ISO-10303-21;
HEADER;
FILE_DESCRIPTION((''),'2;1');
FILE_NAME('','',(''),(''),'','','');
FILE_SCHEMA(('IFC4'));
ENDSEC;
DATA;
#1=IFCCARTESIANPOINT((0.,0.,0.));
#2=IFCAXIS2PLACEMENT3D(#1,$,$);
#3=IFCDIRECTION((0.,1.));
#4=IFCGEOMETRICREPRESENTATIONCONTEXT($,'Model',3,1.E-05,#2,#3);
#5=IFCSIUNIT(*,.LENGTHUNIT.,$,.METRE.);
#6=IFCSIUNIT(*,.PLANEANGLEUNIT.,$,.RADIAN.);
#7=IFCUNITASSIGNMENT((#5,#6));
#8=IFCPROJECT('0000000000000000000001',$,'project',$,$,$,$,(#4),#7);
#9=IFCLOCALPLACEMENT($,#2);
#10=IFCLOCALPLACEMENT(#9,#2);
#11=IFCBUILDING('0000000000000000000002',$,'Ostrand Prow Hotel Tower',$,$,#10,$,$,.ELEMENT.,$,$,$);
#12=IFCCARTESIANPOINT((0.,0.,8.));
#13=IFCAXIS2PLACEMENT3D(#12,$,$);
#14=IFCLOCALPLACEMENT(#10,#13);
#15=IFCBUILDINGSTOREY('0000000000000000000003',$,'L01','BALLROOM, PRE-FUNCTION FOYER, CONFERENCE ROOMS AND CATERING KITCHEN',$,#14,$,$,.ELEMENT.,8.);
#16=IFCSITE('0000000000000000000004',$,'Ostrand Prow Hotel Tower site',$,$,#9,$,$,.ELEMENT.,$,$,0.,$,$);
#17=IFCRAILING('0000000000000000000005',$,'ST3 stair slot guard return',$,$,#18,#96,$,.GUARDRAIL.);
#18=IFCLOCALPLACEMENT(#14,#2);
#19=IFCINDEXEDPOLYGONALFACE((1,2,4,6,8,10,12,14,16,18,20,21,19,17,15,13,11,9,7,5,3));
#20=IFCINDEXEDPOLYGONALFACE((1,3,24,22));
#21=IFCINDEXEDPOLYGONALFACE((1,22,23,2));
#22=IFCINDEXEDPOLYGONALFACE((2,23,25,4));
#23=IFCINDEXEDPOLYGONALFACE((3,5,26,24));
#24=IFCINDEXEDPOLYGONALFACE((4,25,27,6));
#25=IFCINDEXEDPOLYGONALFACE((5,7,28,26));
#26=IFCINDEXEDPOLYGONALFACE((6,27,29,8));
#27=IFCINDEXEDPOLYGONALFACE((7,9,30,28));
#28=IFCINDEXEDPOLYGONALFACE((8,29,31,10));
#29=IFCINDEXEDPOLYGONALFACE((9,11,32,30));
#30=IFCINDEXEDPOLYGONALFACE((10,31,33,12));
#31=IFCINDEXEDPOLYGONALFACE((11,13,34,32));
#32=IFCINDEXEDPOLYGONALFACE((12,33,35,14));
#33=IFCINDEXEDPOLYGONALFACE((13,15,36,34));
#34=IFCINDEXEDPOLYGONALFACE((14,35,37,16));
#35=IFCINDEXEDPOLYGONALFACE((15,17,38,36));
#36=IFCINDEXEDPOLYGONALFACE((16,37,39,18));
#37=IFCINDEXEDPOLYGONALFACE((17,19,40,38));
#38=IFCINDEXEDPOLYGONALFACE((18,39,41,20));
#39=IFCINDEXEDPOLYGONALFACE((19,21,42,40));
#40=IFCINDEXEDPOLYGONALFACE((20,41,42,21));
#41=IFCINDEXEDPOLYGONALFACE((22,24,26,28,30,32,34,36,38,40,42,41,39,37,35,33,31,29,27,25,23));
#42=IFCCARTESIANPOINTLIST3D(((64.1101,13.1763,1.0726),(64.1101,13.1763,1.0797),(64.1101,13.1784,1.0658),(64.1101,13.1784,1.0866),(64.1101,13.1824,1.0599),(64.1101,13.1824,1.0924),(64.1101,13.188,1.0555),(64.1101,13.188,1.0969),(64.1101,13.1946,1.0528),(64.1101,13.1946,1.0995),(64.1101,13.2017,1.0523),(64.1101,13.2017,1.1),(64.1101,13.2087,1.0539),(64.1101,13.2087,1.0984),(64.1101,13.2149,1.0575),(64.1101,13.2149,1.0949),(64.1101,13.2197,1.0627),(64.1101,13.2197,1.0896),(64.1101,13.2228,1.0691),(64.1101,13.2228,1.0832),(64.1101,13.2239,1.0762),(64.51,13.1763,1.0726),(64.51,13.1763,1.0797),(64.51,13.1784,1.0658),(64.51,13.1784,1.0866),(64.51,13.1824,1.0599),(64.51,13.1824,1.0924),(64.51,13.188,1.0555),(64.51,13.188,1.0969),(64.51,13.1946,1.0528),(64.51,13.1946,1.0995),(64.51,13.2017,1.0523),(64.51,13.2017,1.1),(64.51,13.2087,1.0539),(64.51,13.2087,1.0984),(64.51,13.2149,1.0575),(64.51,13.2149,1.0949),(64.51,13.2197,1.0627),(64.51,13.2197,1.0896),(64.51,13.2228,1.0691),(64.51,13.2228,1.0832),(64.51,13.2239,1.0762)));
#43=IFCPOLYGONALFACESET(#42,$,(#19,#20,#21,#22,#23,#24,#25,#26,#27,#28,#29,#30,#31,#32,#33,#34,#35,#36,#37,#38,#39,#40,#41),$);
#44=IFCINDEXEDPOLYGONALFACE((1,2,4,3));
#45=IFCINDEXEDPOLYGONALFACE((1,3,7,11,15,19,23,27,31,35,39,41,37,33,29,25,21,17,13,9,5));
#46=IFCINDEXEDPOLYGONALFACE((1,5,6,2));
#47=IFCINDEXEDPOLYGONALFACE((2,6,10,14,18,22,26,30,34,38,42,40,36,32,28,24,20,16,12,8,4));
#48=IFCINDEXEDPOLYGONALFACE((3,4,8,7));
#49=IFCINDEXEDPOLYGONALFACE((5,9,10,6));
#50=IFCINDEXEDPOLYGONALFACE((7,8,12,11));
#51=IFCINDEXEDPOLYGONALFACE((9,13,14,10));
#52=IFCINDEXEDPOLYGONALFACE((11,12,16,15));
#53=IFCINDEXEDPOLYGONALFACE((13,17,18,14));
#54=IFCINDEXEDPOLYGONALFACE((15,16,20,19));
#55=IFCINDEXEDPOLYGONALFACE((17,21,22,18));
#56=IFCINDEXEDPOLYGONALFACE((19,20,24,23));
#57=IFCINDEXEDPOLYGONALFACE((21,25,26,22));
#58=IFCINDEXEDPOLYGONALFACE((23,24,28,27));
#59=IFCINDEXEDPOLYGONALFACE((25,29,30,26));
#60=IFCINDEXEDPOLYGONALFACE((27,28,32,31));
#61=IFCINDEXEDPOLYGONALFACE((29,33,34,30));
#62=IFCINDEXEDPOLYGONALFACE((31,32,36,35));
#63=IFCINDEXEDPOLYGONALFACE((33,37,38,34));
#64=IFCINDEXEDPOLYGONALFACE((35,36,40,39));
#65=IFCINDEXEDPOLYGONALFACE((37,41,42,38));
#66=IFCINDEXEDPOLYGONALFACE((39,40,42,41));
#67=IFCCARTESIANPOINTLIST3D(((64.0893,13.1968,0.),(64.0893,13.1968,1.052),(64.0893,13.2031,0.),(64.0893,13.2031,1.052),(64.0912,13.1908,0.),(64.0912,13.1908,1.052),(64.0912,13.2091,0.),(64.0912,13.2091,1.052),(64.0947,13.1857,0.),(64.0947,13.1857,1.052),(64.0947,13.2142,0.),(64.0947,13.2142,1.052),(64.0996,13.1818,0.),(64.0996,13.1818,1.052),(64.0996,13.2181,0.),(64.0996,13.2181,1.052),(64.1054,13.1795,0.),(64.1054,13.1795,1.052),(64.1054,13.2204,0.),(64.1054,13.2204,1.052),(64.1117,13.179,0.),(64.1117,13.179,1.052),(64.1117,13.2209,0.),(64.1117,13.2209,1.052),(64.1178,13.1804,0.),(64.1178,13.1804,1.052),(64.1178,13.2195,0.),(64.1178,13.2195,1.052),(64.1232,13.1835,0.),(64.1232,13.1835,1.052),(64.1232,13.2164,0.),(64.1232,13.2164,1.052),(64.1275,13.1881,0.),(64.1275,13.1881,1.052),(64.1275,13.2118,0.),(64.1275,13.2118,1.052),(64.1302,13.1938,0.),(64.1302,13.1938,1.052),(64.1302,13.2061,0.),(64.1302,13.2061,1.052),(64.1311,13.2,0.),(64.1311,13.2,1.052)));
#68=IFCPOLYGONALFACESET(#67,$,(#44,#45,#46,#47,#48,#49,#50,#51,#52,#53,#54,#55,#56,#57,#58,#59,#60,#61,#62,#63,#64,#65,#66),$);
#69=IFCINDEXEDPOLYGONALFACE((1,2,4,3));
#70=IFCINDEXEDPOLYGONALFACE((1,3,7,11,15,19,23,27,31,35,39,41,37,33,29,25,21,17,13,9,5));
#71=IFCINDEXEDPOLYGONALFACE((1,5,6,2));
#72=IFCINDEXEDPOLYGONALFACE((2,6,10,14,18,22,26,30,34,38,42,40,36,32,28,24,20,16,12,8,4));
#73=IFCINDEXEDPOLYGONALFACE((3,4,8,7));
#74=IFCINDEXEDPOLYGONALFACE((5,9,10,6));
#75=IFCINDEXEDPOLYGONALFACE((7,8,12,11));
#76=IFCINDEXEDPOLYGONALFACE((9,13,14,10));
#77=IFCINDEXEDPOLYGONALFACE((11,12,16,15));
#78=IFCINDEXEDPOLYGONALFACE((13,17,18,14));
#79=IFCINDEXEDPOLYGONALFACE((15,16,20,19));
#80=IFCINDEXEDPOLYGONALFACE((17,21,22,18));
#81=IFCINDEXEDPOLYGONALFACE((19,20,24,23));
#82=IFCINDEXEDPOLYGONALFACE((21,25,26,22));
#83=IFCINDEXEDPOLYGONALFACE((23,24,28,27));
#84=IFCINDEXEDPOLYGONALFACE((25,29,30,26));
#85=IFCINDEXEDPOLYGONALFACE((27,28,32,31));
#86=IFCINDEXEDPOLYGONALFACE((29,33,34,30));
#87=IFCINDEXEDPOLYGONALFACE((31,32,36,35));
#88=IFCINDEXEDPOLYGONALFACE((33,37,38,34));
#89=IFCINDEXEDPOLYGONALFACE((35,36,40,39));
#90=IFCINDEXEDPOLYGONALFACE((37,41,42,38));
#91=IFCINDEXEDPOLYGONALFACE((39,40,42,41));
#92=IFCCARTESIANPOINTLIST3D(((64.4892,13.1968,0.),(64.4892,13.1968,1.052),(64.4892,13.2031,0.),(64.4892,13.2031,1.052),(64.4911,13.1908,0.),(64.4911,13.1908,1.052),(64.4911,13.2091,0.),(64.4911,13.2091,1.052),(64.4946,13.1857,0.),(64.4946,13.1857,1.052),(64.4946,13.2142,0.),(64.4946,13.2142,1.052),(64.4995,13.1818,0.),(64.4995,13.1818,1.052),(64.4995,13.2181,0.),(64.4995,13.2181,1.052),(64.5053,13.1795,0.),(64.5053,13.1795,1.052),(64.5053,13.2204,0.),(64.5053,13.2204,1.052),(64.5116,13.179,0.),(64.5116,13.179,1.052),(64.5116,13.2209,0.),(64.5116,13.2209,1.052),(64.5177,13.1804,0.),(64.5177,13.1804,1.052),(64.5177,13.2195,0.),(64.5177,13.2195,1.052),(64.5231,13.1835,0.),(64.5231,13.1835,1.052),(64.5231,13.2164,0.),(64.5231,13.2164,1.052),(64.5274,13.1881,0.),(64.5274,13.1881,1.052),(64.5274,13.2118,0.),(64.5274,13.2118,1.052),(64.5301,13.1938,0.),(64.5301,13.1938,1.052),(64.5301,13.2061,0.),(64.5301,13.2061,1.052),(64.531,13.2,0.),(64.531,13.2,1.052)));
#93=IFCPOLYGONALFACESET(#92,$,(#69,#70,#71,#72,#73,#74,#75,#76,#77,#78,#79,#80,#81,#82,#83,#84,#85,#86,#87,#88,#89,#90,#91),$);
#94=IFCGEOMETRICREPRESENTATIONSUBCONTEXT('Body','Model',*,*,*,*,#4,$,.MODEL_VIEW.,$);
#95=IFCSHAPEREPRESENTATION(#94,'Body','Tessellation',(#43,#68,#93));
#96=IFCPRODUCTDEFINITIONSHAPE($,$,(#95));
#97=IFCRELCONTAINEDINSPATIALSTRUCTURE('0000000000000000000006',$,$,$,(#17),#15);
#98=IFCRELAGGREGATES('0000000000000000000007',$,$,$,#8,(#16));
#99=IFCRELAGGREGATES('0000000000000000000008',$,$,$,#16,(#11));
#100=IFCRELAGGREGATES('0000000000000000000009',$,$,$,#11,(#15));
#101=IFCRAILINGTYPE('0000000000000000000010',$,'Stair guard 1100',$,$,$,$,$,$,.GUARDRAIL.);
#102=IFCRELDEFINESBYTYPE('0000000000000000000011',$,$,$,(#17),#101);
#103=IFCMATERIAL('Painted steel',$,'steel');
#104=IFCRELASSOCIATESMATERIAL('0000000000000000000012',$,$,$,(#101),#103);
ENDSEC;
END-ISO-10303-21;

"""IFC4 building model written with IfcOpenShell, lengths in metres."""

from ifc_helpers import new_model, si_unit, direction, frame, origin, origin_2d, place, context, subcontext, project, spatial, circle, extrude, material, type_object, element, save


model = new_model("IFC4")

# Units and contexts
model_context = context("Model", 3, precision=1e-05, world=origin(), true_north=direction((0.0, 1.0)))
body_context = subcontext(model_context, "Body", "Model", "MODEL_VIEW")
ifc_project = project(units=[si_unit("LENGTHUNIT", "METRE"), si_unit("PLANEANGLEUNIT", "RADIAN")], contexts=[model_context])

# Site, building, storey
site_placement = place(None, origin())
site = spatial("IfcSite", under=ifc_project, at=site_placement, Name="Ostrand Prow Hotel Tower site", CompositionType="ELEMENT", RefElevation=0.0)
building_placement = place(site_placement, origin())
building = spatial("IfcBuilding", under=site, at=building_placement, Name="Ostrand Prow Hotel Tower", CompositionType="ELEMENT")
storey_placement = place(building_placement, frame((0.0, 0.0, 8.0)))
storey = spatial("IfcBuildingStorey", under=building, at=storey_placement, Name="L01", Description="BALLROOM, PRE-FUNCTION FOYER, CONFERENCE ROOMS AND CATERING KITCHEN", CompositionType="ELEMENT", Elevation=8.0)

# Railing
ifc_material_1 = material(Name="Painted steel", Category="steel")
railing_type_1 = type_object("IfcRailingType", Name="Stair guard 1100", PredefinedType="GUARDRAIL", material=ifc_material_1)
railing_1_placement = place(storey_placement, frame((64.1101, 13.2, 0.0)))
element("IfcRailing", 1, at=railing_1_placement, inside=storey, type_object=railing_type_1, Name="ST3 stair slot guard return", PredefinedType="GUARDRAIL", context=body_context, shape_type="SweptSolid", body=[
    extrude(circle(Radius=0.0239, at=origin_2d()), frame((0.0, 0.0, 1.0762), z_axis=(1.0, 0.0, 0.0), x_axis=(0.0, 1.0, 0.0)), (0.0, 0.0, 1.0), 0.3999),
    extrude(circle(Radius=0.021, at=origin_2d()), origin(), (0.0, 0.0, 1.0), 1.052),
    extrude(circle(Radius=0.021, at=origin_2d()), frame((0.3999, 0.0, 0.0)), (0.0, 0.0, 1.0), 1.052),
])

save(model, "model.ifc")
